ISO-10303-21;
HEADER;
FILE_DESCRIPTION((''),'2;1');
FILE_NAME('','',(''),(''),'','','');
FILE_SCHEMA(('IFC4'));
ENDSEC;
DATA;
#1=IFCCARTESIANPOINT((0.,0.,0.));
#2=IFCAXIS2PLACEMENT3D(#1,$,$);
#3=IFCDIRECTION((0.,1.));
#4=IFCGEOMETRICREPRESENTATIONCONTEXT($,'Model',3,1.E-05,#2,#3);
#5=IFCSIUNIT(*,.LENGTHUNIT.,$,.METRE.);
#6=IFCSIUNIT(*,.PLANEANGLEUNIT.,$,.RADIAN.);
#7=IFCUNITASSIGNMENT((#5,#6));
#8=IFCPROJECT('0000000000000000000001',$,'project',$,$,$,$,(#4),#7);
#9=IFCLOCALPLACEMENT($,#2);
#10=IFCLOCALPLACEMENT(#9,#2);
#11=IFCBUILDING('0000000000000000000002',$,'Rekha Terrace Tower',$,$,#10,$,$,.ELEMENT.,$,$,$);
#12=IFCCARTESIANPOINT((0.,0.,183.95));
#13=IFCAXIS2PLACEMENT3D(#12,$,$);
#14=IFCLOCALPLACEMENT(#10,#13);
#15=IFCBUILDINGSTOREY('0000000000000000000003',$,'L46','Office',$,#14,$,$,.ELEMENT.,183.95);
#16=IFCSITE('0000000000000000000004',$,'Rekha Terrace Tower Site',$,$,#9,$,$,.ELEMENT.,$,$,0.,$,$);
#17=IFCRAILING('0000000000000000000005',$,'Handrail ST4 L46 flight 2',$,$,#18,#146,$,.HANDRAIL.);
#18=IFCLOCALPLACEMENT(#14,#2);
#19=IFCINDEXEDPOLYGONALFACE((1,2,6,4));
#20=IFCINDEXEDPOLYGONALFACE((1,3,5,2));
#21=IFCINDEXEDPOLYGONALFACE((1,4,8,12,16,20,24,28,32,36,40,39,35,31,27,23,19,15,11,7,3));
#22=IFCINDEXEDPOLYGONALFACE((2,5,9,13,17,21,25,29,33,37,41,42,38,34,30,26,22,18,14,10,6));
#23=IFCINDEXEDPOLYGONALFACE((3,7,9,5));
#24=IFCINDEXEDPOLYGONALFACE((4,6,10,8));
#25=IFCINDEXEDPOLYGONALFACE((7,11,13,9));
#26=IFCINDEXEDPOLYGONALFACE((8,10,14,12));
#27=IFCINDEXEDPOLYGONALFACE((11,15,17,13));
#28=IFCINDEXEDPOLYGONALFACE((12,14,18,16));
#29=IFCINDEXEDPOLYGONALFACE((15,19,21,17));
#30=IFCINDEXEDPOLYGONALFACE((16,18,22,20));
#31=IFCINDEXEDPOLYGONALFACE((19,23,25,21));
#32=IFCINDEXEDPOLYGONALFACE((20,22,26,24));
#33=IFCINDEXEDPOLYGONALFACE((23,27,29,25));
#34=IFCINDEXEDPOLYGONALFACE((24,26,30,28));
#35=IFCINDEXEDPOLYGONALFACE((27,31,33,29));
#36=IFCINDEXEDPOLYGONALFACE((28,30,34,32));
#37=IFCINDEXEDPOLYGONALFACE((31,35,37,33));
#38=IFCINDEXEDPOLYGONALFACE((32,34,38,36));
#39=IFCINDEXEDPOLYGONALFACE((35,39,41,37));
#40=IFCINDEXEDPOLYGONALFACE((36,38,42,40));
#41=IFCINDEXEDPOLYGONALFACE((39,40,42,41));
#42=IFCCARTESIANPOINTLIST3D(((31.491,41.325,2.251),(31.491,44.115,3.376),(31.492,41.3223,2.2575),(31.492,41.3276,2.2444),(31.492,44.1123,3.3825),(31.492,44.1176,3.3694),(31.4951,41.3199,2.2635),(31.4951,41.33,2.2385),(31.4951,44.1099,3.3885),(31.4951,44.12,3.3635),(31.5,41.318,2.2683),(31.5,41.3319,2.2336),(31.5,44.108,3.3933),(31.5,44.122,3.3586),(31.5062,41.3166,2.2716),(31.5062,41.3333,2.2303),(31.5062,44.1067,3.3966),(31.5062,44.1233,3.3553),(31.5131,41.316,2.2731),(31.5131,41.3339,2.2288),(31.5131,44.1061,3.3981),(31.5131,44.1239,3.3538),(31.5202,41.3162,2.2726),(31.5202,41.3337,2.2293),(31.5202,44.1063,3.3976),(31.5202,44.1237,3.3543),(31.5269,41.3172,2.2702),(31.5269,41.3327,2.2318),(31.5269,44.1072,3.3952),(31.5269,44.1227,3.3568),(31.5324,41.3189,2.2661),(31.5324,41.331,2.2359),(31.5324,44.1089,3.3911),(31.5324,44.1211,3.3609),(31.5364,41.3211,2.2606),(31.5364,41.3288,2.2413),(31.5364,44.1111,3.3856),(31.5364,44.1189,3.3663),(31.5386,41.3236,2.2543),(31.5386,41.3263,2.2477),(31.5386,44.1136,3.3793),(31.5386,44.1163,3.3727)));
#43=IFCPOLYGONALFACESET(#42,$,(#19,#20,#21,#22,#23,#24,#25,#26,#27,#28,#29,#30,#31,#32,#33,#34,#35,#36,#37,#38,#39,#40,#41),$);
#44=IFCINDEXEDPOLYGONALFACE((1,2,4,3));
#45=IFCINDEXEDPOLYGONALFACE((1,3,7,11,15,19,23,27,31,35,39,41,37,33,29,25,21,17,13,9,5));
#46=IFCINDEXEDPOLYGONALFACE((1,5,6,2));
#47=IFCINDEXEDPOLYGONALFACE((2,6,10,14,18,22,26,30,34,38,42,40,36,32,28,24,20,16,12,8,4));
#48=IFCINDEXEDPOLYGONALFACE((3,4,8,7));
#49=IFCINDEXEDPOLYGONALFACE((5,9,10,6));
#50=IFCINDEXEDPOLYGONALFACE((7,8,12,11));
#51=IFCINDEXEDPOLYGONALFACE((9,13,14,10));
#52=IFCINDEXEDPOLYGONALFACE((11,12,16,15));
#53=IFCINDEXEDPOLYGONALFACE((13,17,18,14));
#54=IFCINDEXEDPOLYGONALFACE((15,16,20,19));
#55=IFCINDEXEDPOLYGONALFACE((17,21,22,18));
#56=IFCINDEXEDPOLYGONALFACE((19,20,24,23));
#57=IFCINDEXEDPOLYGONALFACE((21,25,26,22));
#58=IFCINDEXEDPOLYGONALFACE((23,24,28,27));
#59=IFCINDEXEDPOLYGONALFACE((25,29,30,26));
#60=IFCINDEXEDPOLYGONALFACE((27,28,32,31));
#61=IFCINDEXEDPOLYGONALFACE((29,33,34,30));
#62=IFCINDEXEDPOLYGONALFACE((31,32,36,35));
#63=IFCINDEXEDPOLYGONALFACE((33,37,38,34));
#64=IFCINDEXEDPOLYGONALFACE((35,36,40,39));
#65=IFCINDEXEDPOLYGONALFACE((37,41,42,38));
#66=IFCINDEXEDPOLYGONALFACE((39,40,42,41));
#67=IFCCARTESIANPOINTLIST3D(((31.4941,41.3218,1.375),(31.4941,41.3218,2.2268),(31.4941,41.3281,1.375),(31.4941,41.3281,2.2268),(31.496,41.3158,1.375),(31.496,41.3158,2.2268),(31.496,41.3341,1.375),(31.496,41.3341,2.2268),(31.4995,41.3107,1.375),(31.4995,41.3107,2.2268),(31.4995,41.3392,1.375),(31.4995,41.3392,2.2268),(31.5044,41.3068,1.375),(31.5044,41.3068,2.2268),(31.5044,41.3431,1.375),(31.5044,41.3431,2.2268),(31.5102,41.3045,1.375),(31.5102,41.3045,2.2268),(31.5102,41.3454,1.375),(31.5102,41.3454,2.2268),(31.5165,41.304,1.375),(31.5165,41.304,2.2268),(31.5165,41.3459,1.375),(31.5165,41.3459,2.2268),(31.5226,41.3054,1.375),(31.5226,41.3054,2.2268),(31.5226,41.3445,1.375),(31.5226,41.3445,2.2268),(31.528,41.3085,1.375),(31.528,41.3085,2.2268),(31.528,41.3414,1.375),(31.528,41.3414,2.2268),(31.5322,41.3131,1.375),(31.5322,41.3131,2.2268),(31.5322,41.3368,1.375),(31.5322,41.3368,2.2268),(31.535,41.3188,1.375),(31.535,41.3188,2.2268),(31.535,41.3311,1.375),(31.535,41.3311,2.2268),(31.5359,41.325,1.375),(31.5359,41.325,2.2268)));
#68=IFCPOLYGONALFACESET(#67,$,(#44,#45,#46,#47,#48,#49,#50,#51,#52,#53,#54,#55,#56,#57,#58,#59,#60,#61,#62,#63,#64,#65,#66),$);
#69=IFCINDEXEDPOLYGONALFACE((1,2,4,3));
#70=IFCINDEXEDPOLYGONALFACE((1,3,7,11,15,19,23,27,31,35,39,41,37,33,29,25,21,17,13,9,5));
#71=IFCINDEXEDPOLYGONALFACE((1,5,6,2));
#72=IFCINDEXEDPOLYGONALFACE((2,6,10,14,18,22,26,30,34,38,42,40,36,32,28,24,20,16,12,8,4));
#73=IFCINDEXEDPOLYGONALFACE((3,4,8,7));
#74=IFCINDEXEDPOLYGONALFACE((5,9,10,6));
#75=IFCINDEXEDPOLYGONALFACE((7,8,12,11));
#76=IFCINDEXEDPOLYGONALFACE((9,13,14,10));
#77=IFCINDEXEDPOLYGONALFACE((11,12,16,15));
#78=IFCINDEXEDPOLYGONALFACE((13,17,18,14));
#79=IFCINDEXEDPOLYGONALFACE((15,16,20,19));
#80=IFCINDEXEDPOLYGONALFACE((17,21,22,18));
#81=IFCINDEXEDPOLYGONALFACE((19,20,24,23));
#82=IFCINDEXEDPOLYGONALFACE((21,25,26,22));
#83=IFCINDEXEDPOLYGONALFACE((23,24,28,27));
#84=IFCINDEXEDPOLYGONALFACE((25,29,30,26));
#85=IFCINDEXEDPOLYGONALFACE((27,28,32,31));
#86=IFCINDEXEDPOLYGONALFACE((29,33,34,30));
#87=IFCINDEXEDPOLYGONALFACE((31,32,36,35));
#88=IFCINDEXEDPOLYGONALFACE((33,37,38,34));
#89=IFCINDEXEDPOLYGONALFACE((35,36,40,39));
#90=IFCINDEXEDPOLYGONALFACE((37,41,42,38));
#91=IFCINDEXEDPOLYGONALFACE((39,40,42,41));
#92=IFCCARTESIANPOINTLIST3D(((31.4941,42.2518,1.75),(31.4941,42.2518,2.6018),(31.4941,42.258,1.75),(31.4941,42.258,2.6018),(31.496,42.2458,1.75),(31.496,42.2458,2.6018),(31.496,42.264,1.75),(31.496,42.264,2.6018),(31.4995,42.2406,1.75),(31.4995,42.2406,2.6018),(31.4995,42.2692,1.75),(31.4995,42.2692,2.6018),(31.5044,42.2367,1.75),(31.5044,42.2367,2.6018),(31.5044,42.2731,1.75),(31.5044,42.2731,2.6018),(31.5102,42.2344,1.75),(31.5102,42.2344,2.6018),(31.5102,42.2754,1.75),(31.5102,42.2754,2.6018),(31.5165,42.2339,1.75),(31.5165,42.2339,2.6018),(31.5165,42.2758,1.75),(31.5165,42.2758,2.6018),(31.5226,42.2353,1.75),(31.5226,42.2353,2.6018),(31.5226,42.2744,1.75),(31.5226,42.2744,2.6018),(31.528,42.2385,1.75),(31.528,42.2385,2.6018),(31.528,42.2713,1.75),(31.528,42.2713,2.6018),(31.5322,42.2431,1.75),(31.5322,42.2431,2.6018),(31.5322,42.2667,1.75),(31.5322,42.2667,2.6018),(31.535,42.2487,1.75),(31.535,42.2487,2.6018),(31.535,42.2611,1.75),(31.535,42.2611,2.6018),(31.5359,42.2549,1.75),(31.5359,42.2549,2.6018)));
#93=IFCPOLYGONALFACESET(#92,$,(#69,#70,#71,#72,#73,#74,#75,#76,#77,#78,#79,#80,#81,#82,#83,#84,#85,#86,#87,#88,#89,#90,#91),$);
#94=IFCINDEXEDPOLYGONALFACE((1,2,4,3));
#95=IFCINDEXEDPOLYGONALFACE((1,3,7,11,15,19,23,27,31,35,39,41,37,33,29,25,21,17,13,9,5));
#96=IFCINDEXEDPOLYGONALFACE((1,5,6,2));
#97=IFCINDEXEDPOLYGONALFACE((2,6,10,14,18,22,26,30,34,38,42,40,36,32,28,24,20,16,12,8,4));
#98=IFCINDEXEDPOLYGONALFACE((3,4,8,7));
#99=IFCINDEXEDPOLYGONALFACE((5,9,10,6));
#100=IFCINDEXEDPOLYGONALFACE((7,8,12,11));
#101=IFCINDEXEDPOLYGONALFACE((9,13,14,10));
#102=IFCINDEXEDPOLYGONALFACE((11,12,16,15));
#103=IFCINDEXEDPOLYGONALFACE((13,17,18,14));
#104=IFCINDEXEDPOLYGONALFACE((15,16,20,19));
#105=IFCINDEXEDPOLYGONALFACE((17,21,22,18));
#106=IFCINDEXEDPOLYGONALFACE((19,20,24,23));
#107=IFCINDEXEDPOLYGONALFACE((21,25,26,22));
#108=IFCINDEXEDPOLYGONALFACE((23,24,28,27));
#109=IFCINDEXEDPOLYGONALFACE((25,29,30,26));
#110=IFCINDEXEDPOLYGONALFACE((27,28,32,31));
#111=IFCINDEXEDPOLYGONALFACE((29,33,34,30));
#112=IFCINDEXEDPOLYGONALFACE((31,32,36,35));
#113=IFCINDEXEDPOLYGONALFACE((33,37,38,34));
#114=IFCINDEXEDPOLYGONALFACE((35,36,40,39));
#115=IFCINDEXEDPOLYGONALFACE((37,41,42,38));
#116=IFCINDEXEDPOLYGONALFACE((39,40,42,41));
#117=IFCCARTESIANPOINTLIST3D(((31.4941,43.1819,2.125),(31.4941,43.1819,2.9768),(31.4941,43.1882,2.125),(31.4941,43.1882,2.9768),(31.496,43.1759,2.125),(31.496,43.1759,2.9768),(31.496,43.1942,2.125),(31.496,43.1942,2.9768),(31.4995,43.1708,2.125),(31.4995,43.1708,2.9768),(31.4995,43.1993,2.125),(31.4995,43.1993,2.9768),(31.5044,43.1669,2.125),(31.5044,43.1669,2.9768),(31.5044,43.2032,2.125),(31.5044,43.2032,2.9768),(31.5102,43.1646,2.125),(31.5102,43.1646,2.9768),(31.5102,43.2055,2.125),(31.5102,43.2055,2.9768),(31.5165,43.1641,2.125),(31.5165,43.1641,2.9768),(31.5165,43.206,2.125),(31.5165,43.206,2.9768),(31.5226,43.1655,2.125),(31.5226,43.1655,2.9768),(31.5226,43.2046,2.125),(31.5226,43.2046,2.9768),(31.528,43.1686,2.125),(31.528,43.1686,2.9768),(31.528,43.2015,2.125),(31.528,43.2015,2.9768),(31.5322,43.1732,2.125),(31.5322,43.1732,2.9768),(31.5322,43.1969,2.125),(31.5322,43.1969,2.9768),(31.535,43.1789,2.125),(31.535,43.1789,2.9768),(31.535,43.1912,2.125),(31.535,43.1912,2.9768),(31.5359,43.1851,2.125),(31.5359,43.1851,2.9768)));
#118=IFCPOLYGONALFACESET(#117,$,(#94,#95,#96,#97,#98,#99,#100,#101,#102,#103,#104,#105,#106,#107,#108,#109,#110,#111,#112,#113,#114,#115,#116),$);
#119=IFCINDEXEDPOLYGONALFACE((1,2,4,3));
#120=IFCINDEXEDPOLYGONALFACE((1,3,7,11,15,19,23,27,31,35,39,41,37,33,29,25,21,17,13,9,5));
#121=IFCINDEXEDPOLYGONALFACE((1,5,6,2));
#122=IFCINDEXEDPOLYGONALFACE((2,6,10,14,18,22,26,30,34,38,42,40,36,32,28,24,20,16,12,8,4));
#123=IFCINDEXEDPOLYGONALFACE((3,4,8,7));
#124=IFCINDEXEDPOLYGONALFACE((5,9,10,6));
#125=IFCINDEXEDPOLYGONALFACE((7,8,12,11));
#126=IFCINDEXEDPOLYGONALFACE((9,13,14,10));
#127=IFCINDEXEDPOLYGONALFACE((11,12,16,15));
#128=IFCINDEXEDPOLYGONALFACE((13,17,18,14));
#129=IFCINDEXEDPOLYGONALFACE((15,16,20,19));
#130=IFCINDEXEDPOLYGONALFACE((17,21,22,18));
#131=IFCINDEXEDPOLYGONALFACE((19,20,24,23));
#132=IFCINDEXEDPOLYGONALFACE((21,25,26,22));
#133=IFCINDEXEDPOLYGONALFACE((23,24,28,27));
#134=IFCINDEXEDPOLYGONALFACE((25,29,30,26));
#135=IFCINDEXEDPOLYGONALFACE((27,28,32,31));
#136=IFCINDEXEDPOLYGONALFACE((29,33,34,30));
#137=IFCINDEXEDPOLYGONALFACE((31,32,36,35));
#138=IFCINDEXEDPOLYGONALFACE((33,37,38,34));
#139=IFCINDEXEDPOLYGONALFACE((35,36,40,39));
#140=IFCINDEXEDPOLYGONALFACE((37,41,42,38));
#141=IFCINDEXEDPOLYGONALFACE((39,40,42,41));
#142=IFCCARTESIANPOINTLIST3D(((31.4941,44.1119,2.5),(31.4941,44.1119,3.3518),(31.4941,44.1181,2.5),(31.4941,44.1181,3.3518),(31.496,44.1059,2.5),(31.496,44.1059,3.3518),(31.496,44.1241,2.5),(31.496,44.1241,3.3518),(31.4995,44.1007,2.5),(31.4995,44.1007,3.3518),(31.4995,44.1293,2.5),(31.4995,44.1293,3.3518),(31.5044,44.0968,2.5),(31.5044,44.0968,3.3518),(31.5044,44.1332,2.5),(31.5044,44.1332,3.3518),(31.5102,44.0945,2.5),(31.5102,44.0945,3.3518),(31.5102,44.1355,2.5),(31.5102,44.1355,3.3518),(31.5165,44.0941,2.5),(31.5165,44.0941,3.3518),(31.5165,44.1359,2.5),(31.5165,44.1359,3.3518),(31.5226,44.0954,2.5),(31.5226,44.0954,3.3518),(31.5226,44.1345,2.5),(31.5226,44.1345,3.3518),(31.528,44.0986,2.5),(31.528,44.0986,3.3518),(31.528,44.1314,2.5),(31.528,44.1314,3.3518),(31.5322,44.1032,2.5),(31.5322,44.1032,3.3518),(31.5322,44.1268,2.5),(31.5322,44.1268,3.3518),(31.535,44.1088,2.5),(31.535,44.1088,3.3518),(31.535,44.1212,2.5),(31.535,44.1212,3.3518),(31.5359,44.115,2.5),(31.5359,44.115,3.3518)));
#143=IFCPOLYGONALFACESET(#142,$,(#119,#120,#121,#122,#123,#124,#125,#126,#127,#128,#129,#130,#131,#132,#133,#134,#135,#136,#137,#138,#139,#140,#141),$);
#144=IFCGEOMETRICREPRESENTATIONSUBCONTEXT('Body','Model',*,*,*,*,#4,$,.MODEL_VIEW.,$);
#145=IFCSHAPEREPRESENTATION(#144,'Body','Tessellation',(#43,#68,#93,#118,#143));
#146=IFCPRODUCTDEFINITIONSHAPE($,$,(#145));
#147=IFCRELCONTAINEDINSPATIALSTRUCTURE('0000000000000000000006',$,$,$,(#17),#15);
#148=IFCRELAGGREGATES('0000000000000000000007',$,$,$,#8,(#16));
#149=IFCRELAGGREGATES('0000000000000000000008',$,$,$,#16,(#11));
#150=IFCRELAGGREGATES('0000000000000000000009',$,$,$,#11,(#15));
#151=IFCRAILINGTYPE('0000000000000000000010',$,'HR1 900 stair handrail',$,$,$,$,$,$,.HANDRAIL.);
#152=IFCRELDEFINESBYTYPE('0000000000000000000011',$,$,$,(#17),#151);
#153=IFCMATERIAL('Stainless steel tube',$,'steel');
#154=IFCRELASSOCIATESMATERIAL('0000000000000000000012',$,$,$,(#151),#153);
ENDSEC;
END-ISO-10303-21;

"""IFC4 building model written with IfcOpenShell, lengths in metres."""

from ifc_helpers import new_model, si_unit, direction, frame, origin, origin_2d, place, context, subcontext, project, spatial, circle, extrude, material, type_object, element, save


model = new_model("IFC4")

# Units and contexts
model_context = context("Model", 3, precision=1e-05, world=origin(), true_north=direction((0.0, 1.0)))
body_context = subcontext(model_context, "Body", "Model", "MODEL_VIEW")
ifc_project = project(units=[si_unit("LENGTHUNIT", "METRE"), si_unit("PLANEANGLEUNIT", "RADIAN")], contexts=[model_context])

# Site, building, storey
site_placement = place(None, origin())
site = spatial("IfcSite", under=ifc_project, at=site_placement, Name="Rekha Terrace Tower Site", CompositionType="ELEMENT", RefElevation=0.0)
building_placement = place(site_placement, origin())
building = spatial("IfcBuilding", under=site, at=building_placement, Name="Rekha Terrace Tower", CompositionType="ELEMENT")
storey_placement = place(building_placement, frame((0.0, 0.0, 183.95)))
storey = spatial("IfcBuildingStorey", under=building, at=storey_placement, Name="L46", Description="Office", CompositionType="ELEMENT", Elevation=183.95)

# Railing
ifc_material_1 = material(Name="Stainless steel tube", Category="steel")
railing_type_1 = type_object("IfcRailingType", Name="HR1 900 stair handrail", PredefinedType="HANDRAIL", material=ifc_material_1)
railing_1_placement = place(storey_placement, frame((31.5149, 41.325, 1.375)))
element("IfcRailing", 1, at=railing_1_placement, inside=storey, type_object=railing_type_1, Name="Handrail ST4 L46 flight 2", PredefinedType="HANDRAIL", context=body_context, shape_type="SweptSolid", body=[
    extrude(circle(Radius=0.0239, at=origin_2d()), frame((0.0, 0.0, 0.876), z_axis=(0.0, 0.927443, 0.373964), x_axis=(-1.0, 0.0, 0.0)), (0.0, 0.0, 1.0), 3.0083),
    extrude(circle(Radius=0.021, at=origin_2d()), origin(), (0.0, 0.0, 1.0), 0.8518),
    extrude(circle(Radius=0.021, at=origin_2d()), frame((0.0, 0.9299, 0.375)), (0.0, 0.0, 1.0), 0.8518),
    extrude(circle(Radius=0.021, at=origin_2d()), frame((0.0, 1.8601, 0.75)), (0.0, 0.0, 1.0), 0.8518),
    extrude(circle(Radius=0.021, at=origin_2d()), frame((0.0, 2.79, 1.125)), (0.0, 0.0, 1.0), 0.8518),
])

save(model, "model.ifc")
